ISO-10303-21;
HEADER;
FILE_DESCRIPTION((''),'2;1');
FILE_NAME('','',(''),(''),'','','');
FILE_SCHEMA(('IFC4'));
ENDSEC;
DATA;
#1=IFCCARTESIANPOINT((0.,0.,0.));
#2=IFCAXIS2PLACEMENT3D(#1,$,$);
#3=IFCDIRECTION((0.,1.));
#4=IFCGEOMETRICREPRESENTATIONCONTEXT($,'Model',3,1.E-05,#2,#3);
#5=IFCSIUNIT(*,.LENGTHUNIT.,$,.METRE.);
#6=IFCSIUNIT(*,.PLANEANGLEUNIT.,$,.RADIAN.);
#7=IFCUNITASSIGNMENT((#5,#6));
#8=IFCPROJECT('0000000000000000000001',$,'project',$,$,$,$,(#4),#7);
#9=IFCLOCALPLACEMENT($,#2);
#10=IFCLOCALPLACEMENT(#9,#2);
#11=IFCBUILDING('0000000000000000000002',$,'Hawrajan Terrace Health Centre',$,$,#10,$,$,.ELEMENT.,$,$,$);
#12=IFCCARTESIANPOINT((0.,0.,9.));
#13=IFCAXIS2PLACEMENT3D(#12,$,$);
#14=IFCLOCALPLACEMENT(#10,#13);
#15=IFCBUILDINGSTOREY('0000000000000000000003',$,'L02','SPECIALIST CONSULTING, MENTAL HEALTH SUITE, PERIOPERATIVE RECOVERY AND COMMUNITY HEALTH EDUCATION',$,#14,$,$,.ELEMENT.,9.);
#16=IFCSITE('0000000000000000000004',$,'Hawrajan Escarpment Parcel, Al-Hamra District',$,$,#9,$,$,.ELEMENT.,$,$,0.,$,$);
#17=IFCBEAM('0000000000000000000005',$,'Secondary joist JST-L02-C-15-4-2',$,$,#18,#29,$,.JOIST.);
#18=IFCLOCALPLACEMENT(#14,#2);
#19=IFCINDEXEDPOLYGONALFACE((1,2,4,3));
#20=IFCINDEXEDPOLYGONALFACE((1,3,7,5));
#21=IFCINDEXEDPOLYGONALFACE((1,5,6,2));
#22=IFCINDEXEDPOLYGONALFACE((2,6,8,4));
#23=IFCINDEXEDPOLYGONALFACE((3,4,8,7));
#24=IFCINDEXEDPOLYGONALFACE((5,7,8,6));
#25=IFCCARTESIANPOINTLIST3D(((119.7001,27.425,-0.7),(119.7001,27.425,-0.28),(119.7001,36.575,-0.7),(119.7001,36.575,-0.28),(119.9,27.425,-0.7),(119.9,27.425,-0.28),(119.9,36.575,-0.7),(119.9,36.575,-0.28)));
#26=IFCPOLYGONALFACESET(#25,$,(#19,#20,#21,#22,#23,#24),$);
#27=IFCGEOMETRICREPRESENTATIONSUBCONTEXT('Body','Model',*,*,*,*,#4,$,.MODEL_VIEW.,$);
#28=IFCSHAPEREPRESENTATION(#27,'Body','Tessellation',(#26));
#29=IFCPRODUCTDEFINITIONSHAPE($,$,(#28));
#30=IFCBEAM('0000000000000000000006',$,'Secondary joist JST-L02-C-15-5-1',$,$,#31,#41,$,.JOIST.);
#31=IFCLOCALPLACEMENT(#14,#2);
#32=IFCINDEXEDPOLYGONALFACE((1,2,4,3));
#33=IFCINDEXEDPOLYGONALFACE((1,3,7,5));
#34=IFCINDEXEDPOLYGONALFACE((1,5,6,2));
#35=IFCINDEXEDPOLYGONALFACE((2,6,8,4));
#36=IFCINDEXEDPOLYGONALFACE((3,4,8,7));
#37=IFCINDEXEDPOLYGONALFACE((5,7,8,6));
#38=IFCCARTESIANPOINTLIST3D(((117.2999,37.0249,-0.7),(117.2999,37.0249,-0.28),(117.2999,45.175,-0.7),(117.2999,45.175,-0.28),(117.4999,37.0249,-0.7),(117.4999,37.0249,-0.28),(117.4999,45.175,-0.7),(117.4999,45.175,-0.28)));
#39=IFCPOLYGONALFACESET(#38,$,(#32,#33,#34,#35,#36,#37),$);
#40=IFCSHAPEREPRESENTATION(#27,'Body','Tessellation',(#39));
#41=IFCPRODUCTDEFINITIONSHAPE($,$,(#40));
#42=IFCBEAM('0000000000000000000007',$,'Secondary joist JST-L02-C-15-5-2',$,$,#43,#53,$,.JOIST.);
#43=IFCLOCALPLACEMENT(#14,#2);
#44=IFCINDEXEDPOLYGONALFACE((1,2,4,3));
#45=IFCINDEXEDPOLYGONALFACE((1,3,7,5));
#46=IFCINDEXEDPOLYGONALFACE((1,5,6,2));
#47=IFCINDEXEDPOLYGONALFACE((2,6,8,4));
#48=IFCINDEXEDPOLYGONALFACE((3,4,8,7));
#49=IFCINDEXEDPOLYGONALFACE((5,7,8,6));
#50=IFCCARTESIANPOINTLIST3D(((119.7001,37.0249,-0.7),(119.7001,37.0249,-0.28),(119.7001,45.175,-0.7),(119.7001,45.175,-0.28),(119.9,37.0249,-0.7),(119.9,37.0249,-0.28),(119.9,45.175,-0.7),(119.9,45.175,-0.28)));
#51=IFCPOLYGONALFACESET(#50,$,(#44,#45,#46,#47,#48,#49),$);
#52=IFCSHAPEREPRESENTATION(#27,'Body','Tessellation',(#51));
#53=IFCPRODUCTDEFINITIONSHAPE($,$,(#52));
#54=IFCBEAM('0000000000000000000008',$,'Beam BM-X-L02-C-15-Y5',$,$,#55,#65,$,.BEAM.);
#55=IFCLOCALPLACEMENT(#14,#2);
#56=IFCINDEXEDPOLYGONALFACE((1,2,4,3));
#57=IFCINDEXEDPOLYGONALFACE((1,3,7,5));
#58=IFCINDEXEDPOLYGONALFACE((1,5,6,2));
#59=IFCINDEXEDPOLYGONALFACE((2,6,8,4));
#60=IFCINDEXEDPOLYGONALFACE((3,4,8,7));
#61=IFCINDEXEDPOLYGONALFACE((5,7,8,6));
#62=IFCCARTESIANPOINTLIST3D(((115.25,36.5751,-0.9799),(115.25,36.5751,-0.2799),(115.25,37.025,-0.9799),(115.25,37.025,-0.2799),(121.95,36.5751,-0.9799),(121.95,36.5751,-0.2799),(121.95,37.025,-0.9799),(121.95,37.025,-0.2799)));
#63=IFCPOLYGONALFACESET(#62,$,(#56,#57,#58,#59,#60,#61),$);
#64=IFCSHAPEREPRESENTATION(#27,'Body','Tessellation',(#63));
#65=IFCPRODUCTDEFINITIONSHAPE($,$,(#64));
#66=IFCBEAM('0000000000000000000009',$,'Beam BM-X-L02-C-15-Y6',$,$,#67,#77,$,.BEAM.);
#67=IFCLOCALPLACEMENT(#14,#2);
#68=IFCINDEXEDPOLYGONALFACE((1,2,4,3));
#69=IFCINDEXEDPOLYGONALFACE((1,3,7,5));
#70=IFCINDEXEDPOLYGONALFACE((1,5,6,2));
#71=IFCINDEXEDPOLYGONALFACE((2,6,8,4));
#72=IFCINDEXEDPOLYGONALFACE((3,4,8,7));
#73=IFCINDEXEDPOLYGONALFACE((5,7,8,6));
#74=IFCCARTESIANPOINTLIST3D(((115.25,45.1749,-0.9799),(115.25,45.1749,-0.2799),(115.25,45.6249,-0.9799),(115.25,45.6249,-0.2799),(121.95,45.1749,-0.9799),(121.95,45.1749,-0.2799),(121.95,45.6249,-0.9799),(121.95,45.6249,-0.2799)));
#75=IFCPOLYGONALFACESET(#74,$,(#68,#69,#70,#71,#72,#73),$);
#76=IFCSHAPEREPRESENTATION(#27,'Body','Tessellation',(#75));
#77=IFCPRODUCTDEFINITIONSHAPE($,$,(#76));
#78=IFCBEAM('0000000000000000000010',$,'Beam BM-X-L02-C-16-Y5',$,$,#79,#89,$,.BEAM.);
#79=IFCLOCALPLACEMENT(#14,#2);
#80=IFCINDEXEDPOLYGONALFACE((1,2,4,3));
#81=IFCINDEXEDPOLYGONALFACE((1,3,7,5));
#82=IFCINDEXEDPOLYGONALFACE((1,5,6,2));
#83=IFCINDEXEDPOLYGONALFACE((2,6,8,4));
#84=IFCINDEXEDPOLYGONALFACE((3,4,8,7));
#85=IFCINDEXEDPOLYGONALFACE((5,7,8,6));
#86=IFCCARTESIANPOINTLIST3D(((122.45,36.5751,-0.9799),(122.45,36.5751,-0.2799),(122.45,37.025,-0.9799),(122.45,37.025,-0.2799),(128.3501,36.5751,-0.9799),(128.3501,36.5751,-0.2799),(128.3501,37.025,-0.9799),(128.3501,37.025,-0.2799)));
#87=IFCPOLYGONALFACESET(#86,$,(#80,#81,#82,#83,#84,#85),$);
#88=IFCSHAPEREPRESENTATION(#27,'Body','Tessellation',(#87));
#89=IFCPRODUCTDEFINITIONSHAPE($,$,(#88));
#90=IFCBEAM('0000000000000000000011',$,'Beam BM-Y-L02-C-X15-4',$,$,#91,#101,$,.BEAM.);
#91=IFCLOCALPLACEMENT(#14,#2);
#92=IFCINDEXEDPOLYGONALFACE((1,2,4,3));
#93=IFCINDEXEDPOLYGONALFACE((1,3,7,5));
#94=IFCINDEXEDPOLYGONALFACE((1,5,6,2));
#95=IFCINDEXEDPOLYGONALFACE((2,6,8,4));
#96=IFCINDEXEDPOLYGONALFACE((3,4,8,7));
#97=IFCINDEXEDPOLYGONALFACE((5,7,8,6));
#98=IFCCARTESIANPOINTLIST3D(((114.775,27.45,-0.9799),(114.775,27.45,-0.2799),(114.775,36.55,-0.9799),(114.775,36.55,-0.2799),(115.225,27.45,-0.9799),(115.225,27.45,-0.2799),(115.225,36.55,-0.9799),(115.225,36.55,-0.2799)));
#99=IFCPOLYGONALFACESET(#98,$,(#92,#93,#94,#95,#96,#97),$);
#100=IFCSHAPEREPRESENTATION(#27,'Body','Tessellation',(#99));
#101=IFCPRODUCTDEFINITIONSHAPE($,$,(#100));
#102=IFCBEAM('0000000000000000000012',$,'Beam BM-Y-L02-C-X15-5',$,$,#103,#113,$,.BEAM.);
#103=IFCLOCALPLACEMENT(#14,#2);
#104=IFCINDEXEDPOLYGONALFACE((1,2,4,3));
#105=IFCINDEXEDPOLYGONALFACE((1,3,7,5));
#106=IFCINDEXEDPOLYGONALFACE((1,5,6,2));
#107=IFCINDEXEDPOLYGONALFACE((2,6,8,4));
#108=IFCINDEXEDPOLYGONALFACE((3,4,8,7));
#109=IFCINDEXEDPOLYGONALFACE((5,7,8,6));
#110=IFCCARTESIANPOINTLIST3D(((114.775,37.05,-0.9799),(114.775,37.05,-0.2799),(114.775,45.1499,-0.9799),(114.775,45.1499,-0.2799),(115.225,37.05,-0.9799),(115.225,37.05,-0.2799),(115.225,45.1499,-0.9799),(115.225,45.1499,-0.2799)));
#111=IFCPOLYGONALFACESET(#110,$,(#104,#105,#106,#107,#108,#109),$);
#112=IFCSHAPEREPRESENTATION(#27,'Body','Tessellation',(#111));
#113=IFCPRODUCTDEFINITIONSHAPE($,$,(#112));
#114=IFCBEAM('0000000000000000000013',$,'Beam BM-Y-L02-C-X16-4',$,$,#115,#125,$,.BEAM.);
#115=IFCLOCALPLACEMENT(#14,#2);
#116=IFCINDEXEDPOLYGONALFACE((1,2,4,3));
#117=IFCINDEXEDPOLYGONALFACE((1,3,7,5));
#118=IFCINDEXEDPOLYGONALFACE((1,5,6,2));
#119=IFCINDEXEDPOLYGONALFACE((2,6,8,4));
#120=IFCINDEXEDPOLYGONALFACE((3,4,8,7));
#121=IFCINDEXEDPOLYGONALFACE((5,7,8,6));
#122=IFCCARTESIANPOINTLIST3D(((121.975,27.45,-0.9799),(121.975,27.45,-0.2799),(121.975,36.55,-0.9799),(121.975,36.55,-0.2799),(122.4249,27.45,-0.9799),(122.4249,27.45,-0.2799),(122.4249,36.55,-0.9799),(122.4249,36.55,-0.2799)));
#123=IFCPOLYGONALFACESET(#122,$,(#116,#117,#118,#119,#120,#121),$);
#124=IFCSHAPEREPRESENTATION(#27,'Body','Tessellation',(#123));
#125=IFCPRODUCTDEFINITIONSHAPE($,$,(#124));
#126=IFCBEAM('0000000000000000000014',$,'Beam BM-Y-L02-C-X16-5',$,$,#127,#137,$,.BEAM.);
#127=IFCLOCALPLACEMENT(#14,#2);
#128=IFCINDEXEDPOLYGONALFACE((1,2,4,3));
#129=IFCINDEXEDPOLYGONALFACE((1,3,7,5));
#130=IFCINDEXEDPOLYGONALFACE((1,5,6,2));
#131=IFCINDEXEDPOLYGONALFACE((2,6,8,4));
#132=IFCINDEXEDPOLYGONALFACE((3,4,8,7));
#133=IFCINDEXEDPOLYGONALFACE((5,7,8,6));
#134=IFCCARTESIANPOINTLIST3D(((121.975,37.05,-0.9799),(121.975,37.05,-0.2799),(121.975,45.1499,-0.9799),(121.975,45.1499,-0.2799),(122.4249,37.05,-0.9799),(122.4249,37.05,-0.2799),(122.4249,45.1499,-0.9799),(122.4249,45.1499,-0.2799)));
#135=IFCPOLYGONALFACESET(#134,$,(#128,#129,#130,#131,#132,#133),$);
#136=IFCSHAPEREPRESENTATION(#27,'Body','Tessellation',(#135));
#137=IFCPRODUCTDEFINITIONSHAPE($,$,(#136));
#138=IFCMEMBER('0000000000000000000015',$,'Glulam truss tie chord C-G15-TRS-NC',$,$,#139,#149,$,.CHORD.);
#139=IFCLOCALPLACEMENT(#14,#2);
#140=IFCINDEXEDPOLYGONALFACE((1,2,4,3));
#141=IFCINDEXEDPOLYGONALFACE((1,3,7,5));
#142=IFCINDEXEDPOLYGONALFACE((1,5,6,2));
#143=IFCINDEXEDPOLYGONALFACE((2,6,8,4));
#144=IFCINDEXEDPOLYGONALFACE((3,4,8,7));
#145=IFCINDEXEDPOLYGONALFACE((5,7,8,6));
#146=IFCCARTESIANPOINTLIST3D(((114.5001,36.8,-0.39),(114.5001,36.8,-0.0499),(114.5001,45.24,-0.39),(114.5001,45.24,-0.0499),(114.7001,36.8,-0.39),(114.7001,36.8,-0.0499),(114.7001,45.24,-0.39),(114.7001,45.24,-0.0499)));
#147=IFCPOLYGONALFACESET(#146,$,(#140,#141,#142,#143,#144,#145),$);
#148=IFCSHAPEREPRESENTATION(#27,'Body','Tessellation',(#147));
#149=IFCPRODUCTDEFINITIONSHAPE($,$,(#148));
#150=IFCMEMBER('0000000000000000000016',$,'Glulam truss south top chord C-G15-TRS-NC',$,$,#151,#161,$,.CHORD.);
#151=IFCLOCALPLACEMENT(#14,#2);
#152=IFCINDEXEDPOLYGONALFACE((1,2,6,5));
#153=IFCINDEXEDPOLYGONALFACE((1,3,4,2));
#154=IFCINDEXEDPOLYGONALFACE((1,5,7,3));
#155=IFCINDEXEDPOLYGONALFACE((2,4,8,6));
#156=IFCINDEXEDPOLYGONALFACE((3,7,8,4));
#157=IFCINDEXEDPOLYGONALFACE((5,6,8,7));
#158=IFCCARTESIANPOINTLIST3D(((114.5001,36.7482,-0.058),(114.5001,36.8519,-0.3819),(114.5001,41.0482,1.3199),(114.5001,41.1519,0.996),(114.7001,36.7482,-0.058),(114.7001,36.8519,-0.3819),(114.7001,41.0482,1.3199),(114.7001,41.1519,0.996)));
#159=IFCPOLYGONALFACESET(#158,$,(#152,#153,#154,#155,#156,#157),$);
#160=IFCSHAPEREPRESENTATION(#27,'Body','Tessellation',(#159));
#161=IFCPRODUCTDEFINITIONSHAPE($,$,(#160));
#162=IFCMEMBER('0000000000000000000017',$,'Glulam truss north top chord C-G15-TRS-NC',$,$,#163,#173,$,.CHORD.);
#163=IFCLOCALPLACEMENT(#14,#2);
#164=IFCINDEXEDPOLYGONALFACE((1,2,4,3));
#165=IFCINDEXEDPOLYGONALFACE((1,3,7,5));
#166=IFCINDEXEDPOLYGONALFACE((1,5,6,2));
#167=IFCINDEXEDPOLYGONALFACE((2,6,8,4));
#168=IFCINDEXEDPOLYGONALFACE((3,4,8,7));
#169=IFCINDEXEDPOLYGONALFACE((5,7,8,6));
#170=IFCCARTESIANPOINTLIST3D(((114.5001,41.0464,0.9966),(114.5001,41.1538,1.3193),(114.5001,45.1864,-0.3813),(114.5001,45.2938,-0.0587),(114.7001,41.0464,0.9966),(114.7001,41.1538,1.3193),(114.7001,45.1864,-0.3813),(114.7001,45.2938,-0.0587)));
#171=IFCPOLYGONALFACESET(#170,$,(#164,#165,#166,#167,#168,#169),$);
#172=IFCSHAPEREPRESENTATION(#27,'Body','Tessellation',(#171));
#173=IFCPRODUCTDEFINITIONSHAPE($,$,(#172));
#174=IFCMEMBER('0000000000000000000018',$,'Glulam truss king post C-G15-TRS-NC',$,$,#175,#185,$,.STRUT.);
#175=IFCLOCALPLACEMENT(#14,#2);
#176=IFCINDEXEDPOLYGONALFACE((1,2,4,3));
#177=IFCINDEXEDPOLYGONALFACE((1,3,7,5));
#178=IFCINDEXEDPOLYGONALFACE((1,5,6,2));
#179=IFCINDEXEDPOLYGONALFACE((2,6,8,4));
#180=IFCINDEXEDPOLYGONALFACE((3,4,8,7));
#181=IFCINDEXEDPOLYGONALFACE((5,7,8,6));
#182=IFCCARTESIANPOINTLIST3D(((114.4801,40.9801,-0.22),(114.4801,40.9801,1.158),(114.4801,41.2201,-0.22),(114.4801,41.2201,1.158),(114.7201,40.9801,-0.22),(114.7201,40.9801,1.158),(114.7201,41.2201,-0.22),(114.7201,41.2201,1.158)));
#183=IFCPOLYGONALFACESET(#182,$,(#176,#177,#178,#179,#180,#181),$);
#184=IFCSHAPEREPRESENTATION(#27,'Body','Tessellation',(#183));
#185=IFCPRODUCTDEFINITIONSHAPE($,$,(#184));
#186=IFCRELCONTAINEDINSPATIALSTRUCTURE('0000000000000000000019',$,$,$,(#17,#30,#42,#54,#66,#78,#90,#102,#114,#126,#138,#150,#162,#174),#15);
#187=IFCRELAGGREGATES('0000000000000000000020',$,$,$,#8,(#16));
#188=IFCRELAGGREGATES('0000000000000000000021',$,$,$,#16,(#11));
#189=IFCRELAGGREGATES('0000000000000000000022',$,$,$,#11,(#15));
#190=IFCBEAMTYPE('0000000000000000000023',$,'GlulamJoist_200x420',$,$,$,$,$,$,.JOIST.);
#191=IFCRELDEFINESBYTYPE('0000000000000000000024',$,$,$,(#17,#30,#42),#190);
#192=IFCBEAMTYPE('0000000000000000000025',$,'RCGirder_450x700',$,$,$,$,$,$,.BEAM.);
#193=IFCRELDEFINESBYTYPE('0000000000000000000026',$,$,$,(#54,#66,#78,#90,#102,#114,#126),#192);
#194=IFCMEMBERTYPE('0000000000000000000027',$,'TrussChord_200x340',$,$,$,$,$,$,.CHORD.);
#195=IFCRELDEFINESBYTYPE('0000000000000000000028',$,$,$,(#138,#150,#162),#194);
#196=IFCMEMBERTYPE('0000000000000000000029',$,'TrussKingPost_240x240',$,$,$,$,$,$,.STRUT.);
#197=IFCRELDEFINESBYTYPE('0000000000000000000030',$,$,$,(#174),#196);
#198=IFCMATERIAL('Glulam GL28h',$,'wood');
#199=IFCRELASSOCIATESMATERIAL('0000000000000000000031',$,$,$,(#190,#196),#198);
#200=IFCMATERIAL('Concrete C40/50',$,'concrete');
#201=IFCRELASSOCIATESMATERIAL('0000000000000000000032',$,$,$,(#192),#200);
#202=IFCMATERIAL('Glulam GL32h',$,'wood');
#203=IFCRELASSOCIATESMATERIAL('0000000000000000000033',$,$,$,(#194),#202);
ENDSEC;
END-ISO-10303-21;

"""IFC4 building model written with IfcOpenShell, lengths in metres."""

from ifc_helpers import new_model, si_unit, direction, frame, origin, origin_2d, place, context, subcontext, project, spatial, rectangle, extrude, material, material_profile, profile_set, type_object, element, save


model = new_model("IFC4")

# Units and contexts
model_context = context("Model", 3, precision=1e-05, world=origin(), true_north=direction((0.0, 1.0)))
body_context = subcontext(model_context, "Body", "Model", "MODEL_VIEW")
ifc_project = project(units=[si_unit("LENGTHUNIT", "METRE"), si_unit("PLANEANGLEUNIT", "RADIAN")], contexts=[model_context])

# Site, building, storey
site_placement = place(None, origin())
site = spatial("IfcSite", under=ifc_project, at=site_placement, Name="Hawrajan Escarpment Parcel, Al-Hamra District", CompositionType="ELEMENT", RefElevation=0.0)
building_placement = place(site_placement, origin())
building = spatial("IfcBuilding", under=site, at=building_placement, Name="Hawrajan Terrace Health Centre", CompositionType="ELEMENT")
storey_placement = place(building_placement, frame((0.0, 0.0, 9.0)))
storey = spatial("IfcBuildingStorey", under=building, at=storey_placement, Name="L02", Description="SPECIALIST CONSULTING, MENTAL HEALTH SUITE, PERIOPERATIVE RECOVERY AND COMMUNITY HEALTH EDUCATION", CompositionType="ELEMENT", Elevation=9.0)

# Beams
ifc_material_1 = material(Name="Glulam GL28h", Category="wood")
ifc_material_profile_1 = material_profile(ifc_material_1, rectangle(XDim=0.2, YDim=0.4199, at=origin_2d()), Name="GL JST 200x420")
ifc_profile_set_1 = profile_set([ifc_material_profile_1], Name="Glulam GL28h")
beam_type_1 = type_object("IfcBeamType", Name="GlulamJoist_200x420", PredefinedType="JOIST", material=ifc_profile_set_1)
beam_1_placement = place(storey_placement, frame((119.8, 27.425, -0.49), z_axis=(0.0, 1.0, 0.0), x_axis=(-1.0, 0.0, 0.0)))
element("IfcBeam", 1, at=beam_1_placement, inside=storey, type_object=beam_type_1, Name="Secondary joist JST-L02-C-15-4-2", PredefinedType="JOIST", context=body_context, shape_type="SweptSolid", body=[
    extrude(rectangle(XDim=0.2, YDim=0.4199, at=origin_2d()), origin(), (0.0, 0.0, 1.0), 9.1499),
])
for number, where, z_axis, x_axis, name in (
    (2, (117.3999, 37.0249, -0.49), (0.0, 1.0, 0.0), (-1.0, 0.0, 0.0), "Secondary joist JST-L02-C-15-5-1"),
    (3, (119.8, 37.0249, -0.49), (0.0, 1.0, 0.0), (-1.0, 0.0, 0.0), "Secondary joist JST-L02-C-15-5-2"),
):
    element("IfcBeam", number, at=place(storey_placement, frame(where, z_axis=z_axis, x_axis=x_axis)), inside=storey, type_object=beam_type_1, Name=name, PredefinedType="JOIST", context=body_context, shape_type="SweptSolid", body=[
        extrude(rectangle(XDim=0.2, YDim=0.4199, at=origin_2d()), origin(), (0.0, 0.0, 1.0), 8.1501),
    ])
ifc_material_2 = material(Name="Concrete C40/50", Category="concrete")
ifc_material_profile_2 = material_profile(ifc_material_2, rectangle(XDim=0.45, YDim=0.7, at=origin_2d()), Name="RC BM 450x700")
ifc_profile_set_2 = profile_set([ifc_material_profile_2], Name="Concrete C40/50")
beam_type_2 = type_object("IfcBeamType", Name="RCGirder_450x700", PredefinedType="BEAM", material=ifc_profile_set_2)
for number, where, z_axis, x_axis, name in (
    (4, (115.25, 36.8, -0.6299), (1.0, 0.0, 0.0), (0.0, 1.0, 0.0), "Beam BM-X-L02-C-15-Y5"),
    (5, (115.25, 45.3999, -0.6299), (1.0, 0.0, 0.0), (0.0, 1.0, 0.0), "Beam BM-X-L02-C-15-Y6"),
):
    element("IfcBeam", number, at=place(storey_placement, frame(where, z_axis=z_axis, x_axis=x_axis)), inside=storey, type_object=beam_type_2, Name=name, PredefinedType="BEAM", context=body_context, shape_type="SweptSolid", body=[
        extrude(rectangle(XDim=0.45, YDim=0.7, at=origin_2d()), origin(), (0.0, 0.0, 1.0), 6.7),
    ])
beam_2_placement = place(storey_placement, frame((122.45, 36.8, -0.6299), z_axis=(1.0, 0.0, 0.0), x_axis=(0.0, 1.0, 0.0)))
element("IfcBeam", 6, at=beam_2_placement, inside=storey, type_object=beam_type_2, Name="Beam BM-X-L02-C-16-Y5", PredefinedType="BEAM", context=body_context, shape_type="SweptSolid", body=[
    extrude(rectangle(XDim=0.45, YDim=0.7, at=origin_2d()), origin(), (0.0, 0.0, 1.0), 5.9001),
])
beam_3_placement = place(storey_placement, frame((115.0, 27.45, -0.6299), z_axis=(0.0, 1.0, 0.0), x_axis=(-1.0, 0.0, 0.0)))
element("IfcBeam", 7, at=beam_3_placement, inside=storey, type_object=beam_type_2, Name="Beam BM-Y-L02-C-X15-4", PredefinedType="BEAM", context=body_context, shape_type="SweptSolid", body=[
    extrude(rectangle(XDim=0.45, YDim=0.7, at=origin_2d()), origin(), (0.0, 0.0, 1.0), 9.1001),
])
beam_4_placement = place(storey_placement, frame((115.0, 37.05, -0.6299), z_axis=(0.0, 1.0, 0.0), x_axis=(-1.0, 0.0, 0.0)))
element("IfcBeam", 8, at=beam_4_placement, inside=storey, type_object=beam_type_2, Name="Beam BM-Y-L02-C-X15-5", PredefinedType="BEAM", context=body_context, shape_type="SweptSolid", body=[
    extrude(rectangle(XDim=0.45, YDim=0.7, at=origin_2d()), origin(), (0.0, 0.0, 1.0), 8.0999),
])
beam_5_placement = place(storey_placement, frame((122.2, 27.45, -0.6299), z_axis=(0.0, 1.0, 0.0), x_axis=(-1.0, 0.0, 0.0)))
element("IfcBeam", 9, at=beam_5_placement, inside=storey, type_object=beam_type_2, Name="Beam BM-Y-L02-C-X16-4", PredefinedType="BEAM", context=body_context, shape_type="SweptSolid", body=[
    extrude(rectangle(XDim=0.45, YDim=0.7, at=origin_2d()), origin(), (0.0, 0.0, 1.0), 9.1001),
])
beam_6_placement = place(storey_placement, frame((122.2, 37.05, -0.6299), z_axis=(0.0, 1.0, 0.0), x_axis=(-1.0, 0.0, 0.0)))
element("IfcBeam", 10, at=beam_6_placement, inside=storey, type_object=beam_type_2, Name="Beam BM-Y-L02-C-X16-5", PredefinedType="BEAM", context=body_context, shape_type="SweptSolid", body=[
    extrude(rectangle(XDim=0.45, YDim=0.7, at=origin_2d()), origin(), (0.0, 0.0, 1.0), 8.0999),
])

# Members
ifc_material_3 = material(Name="Glulam GL32h", Category="wood")
ifc_material_profile_3 = material_profile(ifc_material_3, rectangle(XDim=0.2, YDim=0.3401, at=origin_2d()), Name="GL CHD 200x340")
ifc_profile_set_3 = profile_set([ifc_material_profile_3], Name="Glulam GL32h")
member_type_1 = type_object("IfcMemberType", Name="TrussChord_200x340", PredefinedType="CHORD", material=ifc_profile_set_3)
member_1_placement = place(storey_placement, frame((114.6001, 36.8, -0.22), z_axis=(0.0, 1.0, 0.0), x_axis=(-1.0, 0.0, 0.0)))
element("IfcMember", 11, at=member_1_placement, inside=storey, type_object=member_type_1, Name="Glulam truss tie chord C-G15-TRS-NC", PredefinedType="CHORD", context=body_context, shape_type="SweptSolid", body=[
    extrude(rectangle(XDim=0.2, YDim=0.3401, at=origin_2d()), origin(), (0.0, 0.0, 1.0), 8.4399),
])
member_2_placement = place(storey_placement, frame((114.6001, 36.8, -0.22), z_axis=(0.0, 0.952301, 0.30516), x_axis=(-1.0, 0.0, 0.0)))
element("IfcMember", 12, at=member_2_placement, inside=storey, type_object=member_type_1, Name="Glulam truss south top chord C-G15-TRS-NC", PredefinedType="CHORD", context=body_context, shape_type="SweptSolid", body=[
    extrude(rectangle(XDim=0.2, YDim=0.3401, at=origin_2d()), origin(), (0.0, 0.0, 1.0), 4.5154),
])
member_3_placement = place(storey_placement, frame((114.6001, 41.1001, 1.158), z_axis=(0.0, 0.948823, -0.315808), x_axis=(-1.0, 0.0, 0.0)))
element("IfcMember", 13, at=member_3_placement, inside=storey, type_object=member_type_1, Name="Glulam truss north top chord C-G15-TRS-NC", PredefinedType="CHORD", context=body_context, shape_type="SweptSolid", body=[
    extrude(rectangle(XDim=0.2, YDim=0.3401, at=origin_2d()), origin(), (0.0, 0.0, 1.0), 4.3633),
])
ifc_material_profile_4 = material_profile(ifc_material_1, rectangle(XDim=0.24, YDim=0.24, at=origin_2d()), Name="GL KP 240x240")
ifc_profile_set_4 = profile_set([ifc_material_profile_4], Name="Glulam GL28h")
member_type_2 = type_object("IfcMemberType", Name="TrussKingPost_240x240", PredefinedType="STRUT", material=ifc_profile_set_4)
member_4_placement = place(storey_placement, frame((114.6001, 41.1001, -0.22), z_axis=(0.0, 0.0, 1.0), x_axis=(1.0, 0.0, 0.0)))
element("IfcMember", 14, at=member_4_placement, inside=storey, type_object=member_type_2, Name="Glulam truss king post C-G15-TRS-NC", PredefinedType="STRUT", context=body_context, shape_type="SweptSolid", body=[
    extrude(rectangle(XDim=0.24, YDim=0.24, at=origin_2d()), origin(), (0.0, 0.0, 1.0), 1.3779),
])

save(model, "model.ifc")
